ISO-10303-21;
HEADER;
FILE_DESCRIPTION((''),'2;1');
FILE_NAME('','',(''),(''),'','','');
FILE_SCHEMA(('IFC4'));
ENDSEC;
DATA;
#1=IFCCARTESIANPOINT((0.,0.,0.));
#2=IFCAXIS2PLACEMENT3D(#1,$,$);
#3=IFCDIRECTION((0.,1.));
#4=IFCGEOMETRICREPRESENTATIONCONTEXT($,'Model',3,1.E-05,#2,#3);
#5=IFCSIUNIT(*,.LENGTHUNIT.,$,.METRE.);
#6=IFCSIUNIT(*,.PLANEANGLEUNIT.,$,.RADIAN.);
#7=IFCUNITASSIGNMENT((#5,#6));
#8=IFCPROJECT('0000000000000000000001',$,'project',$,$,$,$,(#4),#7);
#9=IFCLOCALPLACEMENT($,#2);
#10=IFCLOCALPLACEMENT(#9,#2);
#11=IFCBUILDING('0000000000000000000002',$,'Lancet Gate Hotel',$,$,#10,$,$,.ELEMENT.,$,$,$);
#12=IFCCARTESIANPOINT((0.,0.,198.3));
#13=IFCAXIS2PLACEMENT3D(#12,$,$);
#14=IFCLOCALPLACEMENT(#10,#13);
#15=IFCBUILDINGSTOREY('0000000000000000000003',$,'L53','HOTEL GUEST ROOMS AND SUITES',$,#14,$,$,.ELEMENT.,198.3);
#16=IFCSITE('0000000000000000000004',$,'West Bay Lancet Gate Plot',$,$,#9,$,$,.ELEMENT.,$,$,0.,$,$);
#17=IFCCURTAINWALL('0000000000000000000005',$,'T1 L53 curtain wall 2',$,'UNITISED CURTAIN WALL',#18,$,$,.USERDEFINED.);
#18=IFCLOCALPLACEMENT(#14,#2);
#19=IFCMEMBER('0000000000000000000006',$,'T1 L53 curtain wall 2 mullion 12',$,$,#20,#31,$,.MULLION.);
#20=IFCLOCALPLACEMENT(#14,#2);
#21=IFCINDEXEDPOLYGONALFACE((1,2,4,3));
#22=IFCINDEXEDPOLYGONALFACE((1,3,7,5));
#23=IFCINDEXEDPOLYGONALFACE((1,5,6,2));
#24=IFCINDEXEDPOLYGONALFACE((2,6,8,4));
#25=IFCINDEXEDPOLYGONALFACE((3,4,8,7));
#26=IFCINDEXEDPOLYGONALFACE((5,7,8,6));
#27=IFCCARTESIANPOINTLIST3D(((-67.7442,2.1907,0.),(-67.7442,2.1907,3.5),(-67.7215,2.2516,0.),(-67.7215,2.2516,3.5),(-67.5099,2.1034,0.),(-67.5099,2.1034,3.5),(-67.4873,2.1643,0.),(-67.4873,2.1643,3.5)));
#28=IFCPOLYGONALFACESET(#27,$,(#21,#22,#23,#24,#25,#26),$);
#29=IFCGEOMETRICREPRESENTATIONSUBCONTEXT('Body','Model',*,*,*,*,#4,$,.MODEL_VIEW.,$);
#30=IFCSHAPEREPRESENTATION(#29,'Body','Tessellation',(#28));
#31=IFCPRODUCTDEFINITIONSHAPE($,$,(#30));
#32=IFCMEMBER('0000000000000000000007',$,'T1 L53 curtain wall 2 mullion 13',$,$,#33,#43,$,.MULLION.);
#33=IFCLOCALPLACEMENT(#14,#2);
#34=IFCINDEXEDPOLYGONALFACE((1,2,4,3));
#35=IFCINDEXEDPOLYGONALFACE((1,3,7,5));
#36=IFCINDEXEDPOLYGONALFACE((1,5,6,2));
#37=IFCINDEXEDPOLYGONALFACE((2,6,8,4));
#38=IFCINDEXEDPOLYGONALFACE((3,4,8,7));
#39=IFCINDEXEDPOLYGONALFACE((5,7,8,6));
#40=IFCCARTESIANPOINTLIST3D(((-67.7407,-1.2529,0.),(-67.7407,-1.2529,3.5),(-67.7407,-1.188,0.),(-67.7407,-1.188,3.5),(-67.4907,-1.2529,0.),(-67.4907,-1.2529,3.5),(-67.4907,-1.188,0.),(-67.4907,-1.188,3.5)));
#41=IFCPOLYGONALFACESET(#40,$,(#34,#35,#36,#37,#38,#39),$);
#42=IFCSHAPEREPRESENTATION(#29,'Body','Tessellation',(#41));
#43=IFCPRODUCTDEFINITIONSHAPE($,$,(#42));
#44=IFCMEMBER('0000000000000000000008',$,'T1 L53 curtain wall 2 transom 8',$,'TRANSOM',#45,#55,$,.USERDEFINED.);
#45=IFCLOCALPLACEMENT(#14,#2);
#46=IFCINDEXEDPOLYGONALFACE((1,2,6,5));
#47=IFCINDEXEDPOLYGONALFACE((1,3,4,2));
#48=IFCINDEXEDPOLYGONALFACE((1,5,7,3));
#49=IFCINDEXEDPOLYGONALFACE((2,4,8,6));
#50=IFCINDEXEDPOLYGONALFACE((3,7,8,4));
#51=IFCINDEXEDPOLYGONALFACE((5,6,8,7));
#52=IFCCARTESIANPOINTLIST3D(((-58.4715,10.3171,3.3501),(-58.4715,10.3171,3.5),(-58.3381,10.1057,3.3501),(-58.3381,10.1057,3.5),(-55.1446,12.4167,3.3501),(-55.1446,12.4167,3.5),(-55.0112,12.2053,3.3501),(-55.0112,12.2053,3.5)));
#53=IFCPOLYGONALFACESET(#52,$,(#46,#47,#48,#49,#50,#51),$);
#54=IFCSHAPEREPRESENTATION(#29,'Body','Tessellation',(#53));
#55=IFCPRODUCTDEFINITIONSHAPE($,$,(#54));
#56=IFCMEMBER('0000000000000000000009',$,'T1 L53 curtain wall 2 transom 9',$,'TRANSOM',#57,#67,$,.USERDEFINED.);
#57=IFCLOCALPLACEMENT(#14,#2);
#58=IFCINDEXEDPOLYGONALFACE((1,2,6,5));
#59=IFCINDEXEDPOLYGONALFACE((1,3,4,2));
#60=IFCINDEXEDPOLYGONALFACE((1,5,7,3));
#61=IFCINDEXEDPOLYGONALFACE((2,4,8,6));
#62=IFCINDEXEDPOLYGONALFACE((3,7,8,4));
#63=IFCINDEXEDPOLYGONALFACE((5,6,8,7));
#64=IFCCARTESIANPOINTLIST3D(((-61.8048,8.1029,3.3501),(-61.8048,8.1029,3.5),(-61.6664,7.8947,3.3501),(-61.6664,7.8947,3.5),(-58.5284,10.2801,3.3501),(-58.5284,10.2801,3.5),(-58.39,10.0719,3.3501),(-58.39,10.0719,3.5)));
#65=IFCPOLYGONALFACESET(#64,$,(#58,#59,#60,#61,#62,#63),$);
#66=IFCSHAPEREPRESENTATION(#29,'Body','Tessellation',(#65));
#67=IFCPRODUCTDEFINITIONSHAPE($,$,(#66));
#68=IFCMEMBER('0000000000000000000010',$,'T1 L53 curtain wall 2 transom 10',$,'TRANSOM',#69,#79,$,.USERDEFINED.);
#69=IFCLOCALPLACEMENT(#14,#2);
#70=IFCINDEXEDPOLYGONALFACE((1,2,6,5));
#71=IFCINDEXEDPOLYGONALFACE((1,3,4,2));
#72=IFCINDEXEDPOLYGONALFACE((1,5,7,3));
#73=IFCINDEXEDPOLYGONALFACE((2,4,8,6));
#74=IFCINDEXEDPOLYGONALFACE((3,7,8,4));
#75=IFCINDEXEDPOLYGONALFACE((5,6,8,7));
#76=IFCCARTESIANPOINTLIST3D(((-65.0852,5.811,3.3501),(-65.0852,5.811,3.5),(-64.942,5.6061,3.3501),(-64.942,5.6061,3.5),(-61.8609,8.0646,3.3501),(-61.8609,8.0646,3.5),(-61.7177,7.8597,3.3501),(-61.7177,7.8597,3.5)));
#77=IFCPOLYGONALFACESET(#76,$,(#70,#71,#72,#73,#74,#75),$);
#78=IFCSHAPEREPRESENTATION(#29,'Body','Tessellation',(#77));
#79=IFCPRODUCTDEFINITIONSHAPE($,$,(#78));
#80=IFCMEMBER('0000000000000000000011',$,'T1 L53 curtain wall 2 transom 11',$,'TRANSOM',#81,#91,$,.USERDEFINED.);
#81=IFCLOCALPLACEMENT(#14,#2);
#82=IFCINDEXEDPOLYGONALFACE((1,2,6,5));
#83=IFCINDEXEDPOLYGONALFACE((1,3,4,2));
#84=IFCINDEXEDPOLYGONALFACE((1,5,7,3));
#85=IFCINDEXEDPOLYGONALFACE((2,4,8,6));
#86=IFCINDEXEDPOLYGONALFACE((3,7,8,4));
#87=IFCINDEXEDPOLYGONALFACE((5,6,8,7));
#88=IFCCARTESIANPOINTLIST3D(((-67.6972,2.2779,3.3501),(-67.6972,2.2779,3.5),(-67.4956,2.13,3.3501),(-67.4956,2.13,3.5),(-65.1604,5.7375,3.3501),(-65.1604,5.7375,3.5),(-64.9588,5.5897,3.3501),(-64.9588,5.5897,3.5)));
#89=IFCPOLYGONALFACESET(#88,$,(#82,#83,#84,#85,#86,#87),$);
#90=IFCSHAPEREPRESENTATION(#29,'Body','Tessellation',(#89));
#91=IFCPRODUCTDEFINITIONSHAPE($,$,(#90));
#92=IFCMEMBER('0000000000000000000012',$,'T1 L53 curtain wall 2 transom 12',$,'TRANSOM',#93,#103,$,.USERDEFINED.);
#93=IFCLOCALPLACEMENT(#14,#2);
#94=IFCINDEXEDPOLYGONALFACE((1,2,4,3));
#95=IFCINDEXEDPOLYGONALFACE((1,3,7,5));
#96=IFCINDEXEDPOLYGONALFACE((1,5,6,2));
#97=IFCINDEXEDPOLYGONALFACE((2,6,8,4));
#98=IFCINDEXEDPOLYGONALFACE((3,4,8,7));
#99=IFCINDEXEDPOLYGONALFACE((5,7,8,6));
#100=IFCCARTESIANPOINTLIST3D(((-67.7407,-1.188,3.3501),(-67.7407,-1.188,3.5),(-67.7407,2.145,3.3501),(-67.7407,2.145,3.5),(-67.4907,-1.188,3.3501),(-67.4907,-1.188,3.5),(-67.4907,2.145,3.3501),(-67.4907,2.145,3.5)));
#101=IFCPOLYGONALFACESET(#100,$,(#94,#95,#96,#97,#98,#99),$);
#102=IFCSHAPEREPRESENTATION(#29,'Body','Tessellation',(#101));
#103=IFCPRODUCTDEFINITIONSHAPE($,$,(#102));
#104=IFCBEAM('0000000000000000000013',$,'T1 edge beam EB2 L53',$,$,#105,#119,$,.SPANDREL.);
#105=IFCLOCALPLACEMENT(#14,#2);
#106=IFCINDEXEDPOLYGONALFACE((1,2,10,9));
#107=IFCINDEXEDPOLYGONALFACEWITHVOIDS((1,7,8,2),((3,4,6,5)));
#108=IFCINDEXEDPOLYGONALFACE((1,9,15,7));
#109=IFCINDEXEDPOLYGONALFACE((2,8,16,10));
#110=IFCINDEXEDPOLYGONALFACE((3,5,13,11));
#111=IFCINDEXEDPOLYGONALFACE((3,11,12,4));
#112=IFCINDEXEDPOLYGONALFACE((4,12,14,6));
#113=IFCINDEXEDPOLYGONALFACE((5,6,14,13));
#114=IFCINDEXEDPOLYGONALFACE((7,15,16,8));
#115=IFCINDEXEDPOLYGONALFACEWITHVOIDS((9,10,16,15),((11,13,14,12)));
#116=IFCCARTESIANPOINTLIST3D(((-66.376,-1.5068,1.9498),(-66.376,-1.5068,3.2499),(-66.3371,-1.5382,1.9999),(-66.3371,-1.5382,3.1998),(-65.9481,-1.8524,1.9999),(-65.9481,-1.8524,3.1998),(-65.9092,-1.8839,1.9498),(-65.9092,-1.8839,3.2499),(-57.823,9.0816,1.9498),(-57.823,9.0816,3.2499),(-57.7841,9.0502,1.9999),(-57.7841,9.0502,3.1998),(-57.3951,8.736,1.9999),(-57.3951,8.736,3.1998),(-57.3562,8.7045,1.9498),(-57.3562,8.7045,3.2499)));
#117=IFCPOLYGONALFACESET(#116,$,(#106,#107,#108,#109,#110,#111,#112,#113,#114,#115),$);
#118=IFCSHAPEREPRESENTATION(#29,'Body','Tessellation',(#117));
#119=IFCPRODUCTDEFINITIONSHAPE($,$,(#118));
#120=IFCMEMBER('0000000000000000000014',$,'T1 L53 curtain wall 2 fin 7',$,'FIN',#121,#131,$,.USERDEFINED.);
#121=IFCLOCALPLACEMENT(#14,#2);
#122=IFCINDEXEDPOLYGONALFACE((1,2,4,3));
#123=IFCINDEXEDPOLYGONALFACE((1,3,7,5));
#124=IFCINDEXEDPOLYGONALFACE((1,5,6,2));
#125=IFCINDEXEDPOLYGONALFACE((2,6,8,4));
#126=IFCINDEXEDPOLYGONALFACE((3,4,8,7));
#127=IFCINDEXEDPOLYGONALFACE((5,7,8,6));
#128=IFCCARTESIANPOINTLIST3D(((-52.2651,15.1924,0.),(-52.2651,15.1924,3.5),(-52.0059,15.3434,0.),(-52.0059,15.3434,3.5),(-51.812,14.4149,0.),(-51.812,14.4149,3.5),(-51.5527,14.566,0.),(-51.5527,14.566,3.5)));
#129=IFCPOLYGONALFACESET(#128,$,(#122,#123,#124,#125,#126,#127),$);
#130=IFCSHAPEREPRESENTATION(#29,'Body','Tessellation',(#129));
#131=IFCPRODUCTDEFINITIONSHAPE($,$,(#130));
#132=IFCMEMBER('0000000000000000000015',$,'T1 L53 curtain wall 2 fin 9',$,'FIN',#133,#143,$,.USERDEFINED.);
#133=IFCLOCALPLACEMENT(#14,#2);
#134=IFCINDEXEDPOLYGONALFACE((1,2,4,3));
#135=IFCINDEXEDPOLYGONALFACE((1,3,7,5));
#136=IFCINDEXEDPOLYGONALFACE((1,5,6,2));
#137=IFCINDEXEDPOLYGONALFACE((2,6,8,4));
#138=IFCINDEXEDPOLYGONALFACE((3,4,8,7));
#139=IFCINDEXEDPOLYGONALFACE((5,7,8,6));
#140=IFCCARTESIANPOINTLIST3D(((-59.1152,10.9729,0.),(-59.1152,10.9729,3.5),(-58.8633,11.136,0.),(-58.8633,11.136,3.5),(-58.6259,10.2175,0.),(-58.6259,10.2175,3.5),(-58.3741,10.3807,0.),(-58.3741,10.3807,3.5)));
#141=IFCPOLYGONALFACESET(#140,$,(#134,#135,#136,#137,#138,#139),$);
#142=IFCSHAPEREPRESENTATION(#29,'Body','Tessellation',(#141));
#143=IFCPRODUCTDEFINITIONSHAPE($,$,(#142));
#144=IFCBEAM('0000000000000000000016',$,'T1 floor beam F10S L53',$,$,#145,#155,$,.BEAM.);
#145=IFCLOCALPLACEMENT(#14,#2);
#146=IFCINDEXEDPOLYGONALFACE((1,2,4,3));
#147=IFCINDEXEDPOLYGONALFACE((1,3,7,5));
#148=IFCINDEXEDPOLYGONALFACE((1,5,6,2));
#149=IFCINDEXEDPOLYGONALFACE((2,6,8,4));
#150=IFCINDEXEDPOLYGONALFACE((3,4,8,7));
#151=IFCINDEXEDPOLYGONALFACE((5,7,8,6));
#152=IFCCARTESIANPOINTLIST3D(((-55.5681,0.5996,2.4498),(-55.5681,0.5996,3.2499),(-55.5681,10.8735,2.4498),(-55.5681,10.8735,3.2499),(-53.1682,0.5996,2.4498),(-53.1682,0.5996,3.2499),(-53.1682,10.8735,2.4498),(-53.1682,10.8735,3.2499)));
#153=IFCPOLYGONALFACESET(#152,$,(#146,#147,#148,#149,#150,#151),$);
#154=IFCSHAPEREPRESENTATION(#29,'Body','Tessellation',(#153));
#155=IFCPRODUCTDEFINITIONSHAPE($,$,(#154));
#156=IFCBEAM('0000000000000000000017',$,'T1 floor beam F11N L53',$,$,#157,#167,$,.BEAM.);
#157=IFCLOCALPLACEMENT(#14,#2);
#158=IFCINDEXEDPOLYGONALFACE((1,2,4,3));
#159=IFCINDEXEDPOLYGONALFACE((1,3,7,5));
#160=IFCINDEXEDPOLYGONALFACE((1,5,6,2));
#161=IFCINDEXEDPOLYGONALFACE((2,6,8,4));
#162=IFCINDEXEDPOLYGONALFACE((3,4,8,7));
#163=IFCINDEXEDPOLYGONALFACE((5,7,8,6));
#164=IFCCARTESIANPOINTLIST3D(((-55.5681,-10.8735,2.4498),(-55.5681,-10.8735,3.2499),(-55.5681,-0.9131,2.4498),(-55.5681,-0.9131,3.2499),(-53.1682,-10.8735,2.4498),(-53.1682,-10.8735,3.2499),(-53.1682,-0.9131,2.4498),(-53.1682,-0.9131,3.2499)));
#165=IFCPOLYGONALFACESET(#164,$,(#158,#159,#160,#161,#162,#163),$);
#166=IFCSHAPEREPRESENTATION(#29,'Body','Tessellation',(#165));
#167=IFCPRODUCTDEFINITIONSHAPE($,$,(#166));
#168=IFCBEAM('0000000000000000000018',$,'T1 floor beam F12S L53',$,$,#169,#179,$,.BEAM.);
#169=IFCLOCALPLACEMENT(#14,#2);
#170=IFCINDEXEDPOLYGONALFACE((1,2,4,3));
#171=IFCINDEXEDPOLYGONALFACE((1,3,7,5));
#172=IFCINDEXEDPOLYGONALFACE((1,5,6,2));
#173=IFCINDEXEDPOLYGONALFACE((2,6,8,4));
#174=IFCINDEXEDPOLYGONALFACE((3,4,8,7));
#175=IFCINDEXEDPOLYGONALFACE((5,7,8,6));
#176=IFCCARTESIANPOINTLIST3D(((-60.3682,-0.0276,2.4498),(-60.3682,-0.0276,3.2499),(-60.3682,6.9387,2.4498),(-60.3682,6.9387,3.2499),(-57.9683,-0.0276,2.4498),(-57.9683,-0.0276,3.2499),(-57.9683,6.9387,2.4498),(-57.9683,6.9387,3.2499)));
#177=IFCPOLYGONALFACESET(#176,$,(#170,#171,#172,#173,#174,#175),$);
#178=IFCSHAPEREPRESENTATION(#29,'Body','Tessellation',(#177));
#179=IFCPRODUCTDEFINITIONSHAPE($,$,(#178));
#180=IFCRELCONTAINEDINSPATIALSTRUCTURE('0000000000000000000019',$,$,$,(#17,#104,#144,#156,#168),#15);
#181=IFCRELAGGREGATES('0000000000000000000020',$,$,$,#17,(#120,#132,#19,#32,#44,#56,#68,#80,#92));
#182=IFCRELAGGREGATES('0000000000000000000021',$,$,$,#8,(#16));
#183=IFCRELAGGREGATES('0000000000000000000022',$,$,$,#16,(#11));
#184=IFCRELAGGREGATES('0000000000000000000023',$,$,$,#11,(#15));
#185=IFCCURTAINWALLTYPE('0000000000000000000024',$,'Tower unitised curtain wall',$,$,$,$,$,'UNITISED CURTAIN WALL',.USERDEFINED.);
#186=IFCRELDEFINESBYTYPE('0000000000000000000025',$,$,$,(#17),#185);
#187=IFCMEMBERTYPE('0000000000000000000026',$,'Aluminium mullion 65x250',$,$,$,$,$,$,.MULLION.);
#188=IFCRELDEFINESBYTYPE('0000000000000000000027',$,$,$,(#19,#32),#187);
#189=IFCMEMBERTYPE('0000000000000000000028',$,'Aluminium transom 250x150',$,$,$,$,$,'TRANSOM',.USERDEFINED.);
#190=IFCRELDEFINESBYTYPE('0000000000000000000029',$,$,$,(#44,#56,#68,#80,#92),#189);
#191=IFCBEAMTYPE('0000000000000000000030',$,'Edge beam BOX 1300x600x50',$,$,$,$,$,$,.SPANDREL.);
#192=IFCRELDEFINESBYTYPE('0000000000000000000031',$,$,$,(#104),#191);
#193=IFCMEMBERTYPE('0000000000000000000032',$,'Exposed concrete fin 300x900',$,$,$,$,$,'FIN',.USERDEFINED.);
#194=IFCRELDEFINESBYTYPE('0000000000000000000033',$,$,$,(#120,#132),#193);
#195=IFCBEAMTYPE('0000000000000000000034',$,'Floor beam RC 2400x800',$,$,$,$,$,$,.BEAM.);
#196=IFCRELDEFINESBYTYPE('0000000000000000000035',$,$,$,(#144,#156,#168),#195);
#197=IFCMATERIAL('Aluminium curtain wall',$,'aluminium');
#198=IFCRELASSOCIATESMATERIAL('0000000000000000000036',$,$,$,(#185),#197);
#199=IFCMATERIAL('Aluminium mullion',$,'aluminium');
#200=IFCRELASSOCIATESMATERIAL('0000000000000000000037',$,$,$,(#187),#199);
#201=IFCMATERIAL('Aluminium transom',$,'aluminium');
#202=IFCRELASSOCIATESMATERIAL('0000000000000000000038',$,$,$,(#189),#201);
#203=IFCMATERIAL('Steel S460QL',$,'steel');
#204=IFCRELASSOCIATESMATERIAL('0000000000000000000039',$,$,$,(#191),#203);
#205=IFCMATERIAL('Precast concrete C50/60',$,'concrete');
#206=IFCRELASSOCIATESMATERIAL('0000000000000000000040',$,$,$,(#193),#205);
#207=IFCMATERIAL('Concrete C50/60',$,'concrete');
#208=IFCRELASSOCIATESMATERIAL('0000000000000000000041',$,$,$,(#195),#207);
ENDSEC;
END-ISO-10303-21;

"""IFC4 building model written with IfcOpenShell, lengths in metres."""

from ifc_helpers import new_model, si_unit, direction, frame, origin, origin_2d, place, context, subcontext, project, spatial, rectangle, hollow_rectangle, extrude, material, material_profile, profile_set, type_object, element, aggregate, save


model = new_model("IFC4")

# Units and contexts
model_context = context("Model", 3, precision=1e-05, world=origin(), true_north=direction((0.0, 1.0)))
body_context = subcontext(model_context, "Body", "Model", "MODEL_VIEW")
ifc_project = project(units=[si_unit("LENGTHUNIT", "METRE"), si_unit("PLANEANGLEUNIT", "RADIAN")], contexts=[model_context])

# Site, building, storey
site_placement = place(None, origin())
site = spatial("IfcSite", under=ifc_project, at=site_placement, Name="West Bay Lancet Gate Plot", CompositionType="ELEMENT", RefElevation=0.0)
building_placement = place(site_placement, origin())
building = spatial("IfcBuilding", under=site, at=building_placement, Name="Lancet Gate Hotel", CompositionType="ELEMENT")
storey_placement = place(building_placement, frame((0.0, 0.0, 198.3)))
storey = spatial("IfcBuildingStorey", under=building, at=storey_placement, Name="L53", Description="HOTEL GUEST ROOMS AND SUITES", CompositionType="ELEMENT", Elevation=198.3)

# Curtain wall, members
ifc_material_1 = material(Name="Aluminium curtain wall", Category="aluminium")
curtain_wall_type = type_object("IfcCurtainWallType", Name="Tower unitised curtain wall", ElementType="UNITISED CURTAIN WALL", PredefinedType="USERDEFINED", material=ifc_material_1)
curtain_wall_placement = place(storey_placement, origin())
curtain_wall = element("IfcCurtainWall", 1, at=curtain_wall_placement, inside=storey, type_object=curtain_wall_type, Name="T1 L53 curtain wall 2", ObjectType="UNITISED CURTAIN WALL", PredefinedType="USERDEFINED")
ifc_material_2 = material(Name="Aluminium mullion", Category="aluminium")
ifc_material_profile_1 = material_profile(ifc_material_2, rectangle(XDim=0.0649, YDim=0.25, at=origin_2d()), Name="MULLION 65x250")
ifc_profile_set_1 = profile_set([ifc_material_profile_1], Name="Aluminium mullion")
member_type_1 = type_object("IfcMemberType", Name="Aluminium mullion 65x250", PredefinedType="MULLION", material=ifc_profile_set_1)
member_1_placement = place(storey_placement, frame((-67.6157, 2.1775, 0.0), z_axis=(0.0, 0.0, 1.0), x_axis=(-0.349199, -0.937048, 0.0)))
member_1 = element("IfcMember", 2, at=member_1_placement, type_object=member_type_1, Name="T1 L53 curtain wall 2 mullion 12", PredefinedType="MULLION", context=body_context, shape_type="SweptSolid", body=[
    extrude(rectangle(XDim=0.0649, YDim=0.25, at=origin_2d()), origin(), (0.0, 0.0, 1.0), 3.5),
])
member_2_placement = place(storey_placement, frame((-67.6157, -1.2205, 0.0), z_axis=(0.0, 0.0, 1.0), x_axis=(0.0, -1.0, 0.0)))
member_2 = element("IfcMember", 3, at=member_2_placement, type_object=member_type_1, Name="T1 L53 curtain wall 2 mullion 13", PredefinedType="MULLION", context=body_context, shape_type="SweptSolid", body=[
    extrude(rectangle(XDim=0.0649, YDim=0.25, at=origin_2d()), origin(), (0.0, 0.0, 1.0), 3.5),
])
ifc_material_3 = material(Name="Aluminium transom", Category="aluminium")
ifc_material_profile_2 = material_profile(ifc_material_3, rectangle(XDim=0.25, YDim=0.1499, at=origin_2d()), Name="TRANSOM 250x150")
ifc_profile_set_2 = profile_set([ifc_material_profile_2], Name="Aluminium transom")
member_type_2 = type_object("IfcMemberType", Name="Aluminium transom 250x150", ElementType="TRANSOM", PredefinedType="USERDEFINED", material=ifc_profile_set_2)
member_3_placement = place(storey_placement, frame((-55.0779, 12.311, 3.425), z_axis=(-0.845672, -0.533703, 0.0), x_axis=(0.533703, -0.845672, 0.0)))
member_3 = element("IfcMember", 4, at=member_3_placement, type_object=member_type_2, Name="T1 L53 curtain wall 2 transom 8", ObjectType="TRANSOM", PredefinedType="USERDEFINED", context=body_context, shape_type="SweptSolid", body=[
    extrude(rectangle(XDim=0.25, YDim=0.1499, at=origin_2d()), origin(), (0.0, 0.0, 1.0), 3.9341),
])
member_4_placement = place(storey_placement, frame((-58.4592, 10.176, 3.425), z_axis=(-0.832871, -0.553468, 0.0), x_axis=(0.553468, -0.832871, 0.0)))
member_4 = element("IfcMember", 5, at=member_4_placement, type_object=member_type_2, Name="T1 L53 curtain wall 2 transom 9", ObjectType="TRANSOM", PredefinedType="USERDEFINED", context=body_context, shape_type="SweptSolid", body=[
    extrude(rectangle(XDim=0.25, YDim=0.1499, at=origin_2d()), origin(), (0.0, 0.0, 1.0), 3.9338),
])
member_5_placement = place(storey_placement, frame((-61.7893, 7.9622, 3.425), z_axis=(-0.819637, -0.572883, 0.0), x_axis=(0.572883, -0.819637, 0.0)))
member_5 = element("IfcMember", 6, at=member_5_placement, type_object=member_type_2, Name="T1 L53 curtain wall 2 transom 10", ObjectType="TRANSOM", PredefinedType="USERDEFINED", context=body_context, shape_type="SweptSolid", body=[
    extrude(rectangle(XDim=0.25, YDim=0.1499, at=origin_2d()), origin(), (0.0, 0.0, 1.0), 3.9338),
])
member_6_placement = place(storey_placement, frame((-65.0596, 5.6636, 3.425), z_axis=(-0.591324, -0.806434, 0.0), x_axis=(0.806434, -0.591324, 0.0)))
member_6 = element("IfcMember", 7, at=member_6_placement, type_object=member_type_2, Name="T1 L53 curtain wall 2 transom 11", ObjectType="TRANSOM", PredefinedType="USERDEFINED", context=body_context, shape_type="SweptSolid", body=[
    extrude(rectangle(XDim=0.25, YDim=0.1499, at=origin_2d()), origin(), (0.0, 0.0, 1.0), 4.29),
])
member_7_placement = place(storey_placement, frame((-67.6157, 2.145, 3.425), z_axis=(0.0, -1.0, 0.0), x_axis=(1.0, 0.0, 0.0)))
member_7 = element("IfcMember", 8, at=member_7_placement, type_object=member_type_2, Name="T1 L53 curtain wall 2 transom 12", ObjectType="TRANSOM", PredefinedType="USERDEFINED", context=body_context, shape_type="SweptSolid", body=[
    extrude(rectangle(XDim=0.25, YDim=0.1499, at=origin_2d()), origin(), (0.0, 0.0, 1.0), 3.333),
])

# Beam
ifc_material_4 = material(Name="Steel S460QL", Category="steel")
ifc_material_profile_3 = material_profile(ifc_material_4, hollow_rectangle(XDim=0.6001, YDim=1.3, WallThickness=0.05, at=origin_2d()), Name="BOX 1300x600x50")
ifc_profile_set_3 = profile_set([ifc_material_profile_3], Name="Steel S460QL")
beam_type_1 = type_object("IfcBeamType", Name="Edge beam BOX 1300x600x50", PredefinedType="SPANDREL", material=ifc_profile_set_3)
beam_1_placement = place(storey_placement, frame((-57.5896, 8.8931, 2.5999), z_axis=(-0.628374, -0.777912, 0.0), x_axis=(0.777912, -0.628374, 0.0)))
element("IfcBeam", 9, at=beam_1_placement, inside=storey, type_object=beam_type_1, Name="T1 edge beam EB2 L53", PredefinedType="SPANDREL", context=body_context, shape_type="SweptSolid", body=[
    extrude(hollow_rectangle(XDim=0.6001, YDim=1.3, WallThickness=0.05, at=origin_2d()), origin(), (0.0, 0.0, 1.0), 13.6113),
])

# Members
ifc_material_5 = material(Name="Precast concrete C50/60", Category="concrete")
ifc_material_profile_4 = material_profile(ifc_material_5, rectangle(XDim=0.3, YDim=0.8999, at=origin_2d()), Name="FIN 300x900")
ifc_profile_set_4 = profile_set([ifc_material_profile_4], Name="Precast concrete C50/60")
member_type_3 = type_object("IfcMemberType", Name="Exposed concrete fin 300x900", ElementType="FIN", PredefinedType="USERDEFINED", material=ifc_profile_set_4)
member_8_placement = place(storey_placement, frame((-51.9089, 14.8792, 0.0), z_axis=(0.0, 0.0, 1.0), x_axis=(-0.863969, -0.503545, 0.0)))
member_8 = element("IfcMember", 10, at=member_8_placement, type_object=member_type_3, Name="T1 L53 curtain wall 2 fin 7", ObjectType="FIN", PredefinedType="USERDEFINED", context=body_context, shape_type="SweptSolid", body=[
    extrude(rectangle(XDim=0.3, YDim=0.8999, at=origin_2d()), origin(), (0.0, 0.0, 1.0), 3.5),
])
member_9_placement = place(storey_placement, frame((-58.7446, 10.6768, 0.0), z_axis=(0.0, 0.0, 1.0), x_axis=(-0.839331, -0.543621, 0.0)))
member_9 = element("IfcMember", 11, at=member_9_placement, type_object=member_type_3, Name="T1 L53 curtain wall 2 fin 9", ObjectType="FIN", PredefinedType="USERDEFINED", context=body_context, shape_type="SweptSolid", body=[
    extrude(rectangle(XDim=0.3, YDim=0.8999, at=origin_2d()), origin(), (0.0, 0.0, 1.0), 3.5),
])

# Beams
ifc_material_6 = material(Name="Concrete C50/60", Category="concrete")
ifc_material_profile_5 = material_profile(ifc_material_6, rectangle(XDim=2.3999, YDim=0.8, at=origin_2d()), Name="RC 2400x800")
ifc_profile_set_5 = profile_set([ifc_material_profile_5], Name="Concrete C50/60")
beam_type_2 = type_object("IfcBeamType", Name="Floor beam RC 2400x800", PredefinedType="BEAM", material=ifc_profile_set_5)
beam_2_placement = place(storey_placement, frame((-54.3682, 10.8735, 2.8499), z_axis=(0.0, -1.0, 0.0), x_axis=(1.0, 0.0, 0.0)))
element("IfcBeam", 12, at=beam_2_placement, inside=storey, type_object=beam_type_2, Name="T1 floor beam F10S L53", PredefinedType="BEAM", context=body_context, shape_type="SweptSolid", body=[
    extrude(rectangle(XDim=2.3999, YDim=0.8, at=origin_2d()), origin(), (0.0, 0.0, 1.0), 10.2739),
])
beam_3_placement = place(storey_placement, frame((-54.3682, -0.9131, 2.8499), z_axis=(0.0, -1.0, 0.0), x_axis=(1.0, 0.0, 0.0)))
element("IfcBeam", 13, at=beam_3_placement, inside=storey, type_object=beam_type_2, Name="T1 floor beam F11N L53", PredefinedType="BEAM", context=body_context, shape_type="SweptSolid", body=[
    extrude(rectangle(XDim=2.3999, YDim=0.8, at=origin_2d()), origin(), (0.0, 0.0, 1.0), 9.9604),
])
beam_4_placement = place(storey_placement, frame((-59.1682, 6.9387, 2.8499), z_axis=(0.0, -1.0, 0.0), x_axis=(1.0, 0.0, 0.0)))
element("IfcBeam", 14, at=beam_4_placement, inside=storey, type_object=beam_type_2, Name="T1 floor beam F12S L53", PredefinedType="BEAM", context=body_context, shape_type="SweptSolid", body=[
    extrude(rectangle(XDim=2.3999, YDim=0.8, at=origin_2d()), origin(), (0.0, 0.0, 1.0), 6.9663),
])

aggregate(curtain_wall, [member_8, member_9, member_1, member_2, member_3, member_4, member_5, member_6, member_7])

save(model, "model.ifc")
